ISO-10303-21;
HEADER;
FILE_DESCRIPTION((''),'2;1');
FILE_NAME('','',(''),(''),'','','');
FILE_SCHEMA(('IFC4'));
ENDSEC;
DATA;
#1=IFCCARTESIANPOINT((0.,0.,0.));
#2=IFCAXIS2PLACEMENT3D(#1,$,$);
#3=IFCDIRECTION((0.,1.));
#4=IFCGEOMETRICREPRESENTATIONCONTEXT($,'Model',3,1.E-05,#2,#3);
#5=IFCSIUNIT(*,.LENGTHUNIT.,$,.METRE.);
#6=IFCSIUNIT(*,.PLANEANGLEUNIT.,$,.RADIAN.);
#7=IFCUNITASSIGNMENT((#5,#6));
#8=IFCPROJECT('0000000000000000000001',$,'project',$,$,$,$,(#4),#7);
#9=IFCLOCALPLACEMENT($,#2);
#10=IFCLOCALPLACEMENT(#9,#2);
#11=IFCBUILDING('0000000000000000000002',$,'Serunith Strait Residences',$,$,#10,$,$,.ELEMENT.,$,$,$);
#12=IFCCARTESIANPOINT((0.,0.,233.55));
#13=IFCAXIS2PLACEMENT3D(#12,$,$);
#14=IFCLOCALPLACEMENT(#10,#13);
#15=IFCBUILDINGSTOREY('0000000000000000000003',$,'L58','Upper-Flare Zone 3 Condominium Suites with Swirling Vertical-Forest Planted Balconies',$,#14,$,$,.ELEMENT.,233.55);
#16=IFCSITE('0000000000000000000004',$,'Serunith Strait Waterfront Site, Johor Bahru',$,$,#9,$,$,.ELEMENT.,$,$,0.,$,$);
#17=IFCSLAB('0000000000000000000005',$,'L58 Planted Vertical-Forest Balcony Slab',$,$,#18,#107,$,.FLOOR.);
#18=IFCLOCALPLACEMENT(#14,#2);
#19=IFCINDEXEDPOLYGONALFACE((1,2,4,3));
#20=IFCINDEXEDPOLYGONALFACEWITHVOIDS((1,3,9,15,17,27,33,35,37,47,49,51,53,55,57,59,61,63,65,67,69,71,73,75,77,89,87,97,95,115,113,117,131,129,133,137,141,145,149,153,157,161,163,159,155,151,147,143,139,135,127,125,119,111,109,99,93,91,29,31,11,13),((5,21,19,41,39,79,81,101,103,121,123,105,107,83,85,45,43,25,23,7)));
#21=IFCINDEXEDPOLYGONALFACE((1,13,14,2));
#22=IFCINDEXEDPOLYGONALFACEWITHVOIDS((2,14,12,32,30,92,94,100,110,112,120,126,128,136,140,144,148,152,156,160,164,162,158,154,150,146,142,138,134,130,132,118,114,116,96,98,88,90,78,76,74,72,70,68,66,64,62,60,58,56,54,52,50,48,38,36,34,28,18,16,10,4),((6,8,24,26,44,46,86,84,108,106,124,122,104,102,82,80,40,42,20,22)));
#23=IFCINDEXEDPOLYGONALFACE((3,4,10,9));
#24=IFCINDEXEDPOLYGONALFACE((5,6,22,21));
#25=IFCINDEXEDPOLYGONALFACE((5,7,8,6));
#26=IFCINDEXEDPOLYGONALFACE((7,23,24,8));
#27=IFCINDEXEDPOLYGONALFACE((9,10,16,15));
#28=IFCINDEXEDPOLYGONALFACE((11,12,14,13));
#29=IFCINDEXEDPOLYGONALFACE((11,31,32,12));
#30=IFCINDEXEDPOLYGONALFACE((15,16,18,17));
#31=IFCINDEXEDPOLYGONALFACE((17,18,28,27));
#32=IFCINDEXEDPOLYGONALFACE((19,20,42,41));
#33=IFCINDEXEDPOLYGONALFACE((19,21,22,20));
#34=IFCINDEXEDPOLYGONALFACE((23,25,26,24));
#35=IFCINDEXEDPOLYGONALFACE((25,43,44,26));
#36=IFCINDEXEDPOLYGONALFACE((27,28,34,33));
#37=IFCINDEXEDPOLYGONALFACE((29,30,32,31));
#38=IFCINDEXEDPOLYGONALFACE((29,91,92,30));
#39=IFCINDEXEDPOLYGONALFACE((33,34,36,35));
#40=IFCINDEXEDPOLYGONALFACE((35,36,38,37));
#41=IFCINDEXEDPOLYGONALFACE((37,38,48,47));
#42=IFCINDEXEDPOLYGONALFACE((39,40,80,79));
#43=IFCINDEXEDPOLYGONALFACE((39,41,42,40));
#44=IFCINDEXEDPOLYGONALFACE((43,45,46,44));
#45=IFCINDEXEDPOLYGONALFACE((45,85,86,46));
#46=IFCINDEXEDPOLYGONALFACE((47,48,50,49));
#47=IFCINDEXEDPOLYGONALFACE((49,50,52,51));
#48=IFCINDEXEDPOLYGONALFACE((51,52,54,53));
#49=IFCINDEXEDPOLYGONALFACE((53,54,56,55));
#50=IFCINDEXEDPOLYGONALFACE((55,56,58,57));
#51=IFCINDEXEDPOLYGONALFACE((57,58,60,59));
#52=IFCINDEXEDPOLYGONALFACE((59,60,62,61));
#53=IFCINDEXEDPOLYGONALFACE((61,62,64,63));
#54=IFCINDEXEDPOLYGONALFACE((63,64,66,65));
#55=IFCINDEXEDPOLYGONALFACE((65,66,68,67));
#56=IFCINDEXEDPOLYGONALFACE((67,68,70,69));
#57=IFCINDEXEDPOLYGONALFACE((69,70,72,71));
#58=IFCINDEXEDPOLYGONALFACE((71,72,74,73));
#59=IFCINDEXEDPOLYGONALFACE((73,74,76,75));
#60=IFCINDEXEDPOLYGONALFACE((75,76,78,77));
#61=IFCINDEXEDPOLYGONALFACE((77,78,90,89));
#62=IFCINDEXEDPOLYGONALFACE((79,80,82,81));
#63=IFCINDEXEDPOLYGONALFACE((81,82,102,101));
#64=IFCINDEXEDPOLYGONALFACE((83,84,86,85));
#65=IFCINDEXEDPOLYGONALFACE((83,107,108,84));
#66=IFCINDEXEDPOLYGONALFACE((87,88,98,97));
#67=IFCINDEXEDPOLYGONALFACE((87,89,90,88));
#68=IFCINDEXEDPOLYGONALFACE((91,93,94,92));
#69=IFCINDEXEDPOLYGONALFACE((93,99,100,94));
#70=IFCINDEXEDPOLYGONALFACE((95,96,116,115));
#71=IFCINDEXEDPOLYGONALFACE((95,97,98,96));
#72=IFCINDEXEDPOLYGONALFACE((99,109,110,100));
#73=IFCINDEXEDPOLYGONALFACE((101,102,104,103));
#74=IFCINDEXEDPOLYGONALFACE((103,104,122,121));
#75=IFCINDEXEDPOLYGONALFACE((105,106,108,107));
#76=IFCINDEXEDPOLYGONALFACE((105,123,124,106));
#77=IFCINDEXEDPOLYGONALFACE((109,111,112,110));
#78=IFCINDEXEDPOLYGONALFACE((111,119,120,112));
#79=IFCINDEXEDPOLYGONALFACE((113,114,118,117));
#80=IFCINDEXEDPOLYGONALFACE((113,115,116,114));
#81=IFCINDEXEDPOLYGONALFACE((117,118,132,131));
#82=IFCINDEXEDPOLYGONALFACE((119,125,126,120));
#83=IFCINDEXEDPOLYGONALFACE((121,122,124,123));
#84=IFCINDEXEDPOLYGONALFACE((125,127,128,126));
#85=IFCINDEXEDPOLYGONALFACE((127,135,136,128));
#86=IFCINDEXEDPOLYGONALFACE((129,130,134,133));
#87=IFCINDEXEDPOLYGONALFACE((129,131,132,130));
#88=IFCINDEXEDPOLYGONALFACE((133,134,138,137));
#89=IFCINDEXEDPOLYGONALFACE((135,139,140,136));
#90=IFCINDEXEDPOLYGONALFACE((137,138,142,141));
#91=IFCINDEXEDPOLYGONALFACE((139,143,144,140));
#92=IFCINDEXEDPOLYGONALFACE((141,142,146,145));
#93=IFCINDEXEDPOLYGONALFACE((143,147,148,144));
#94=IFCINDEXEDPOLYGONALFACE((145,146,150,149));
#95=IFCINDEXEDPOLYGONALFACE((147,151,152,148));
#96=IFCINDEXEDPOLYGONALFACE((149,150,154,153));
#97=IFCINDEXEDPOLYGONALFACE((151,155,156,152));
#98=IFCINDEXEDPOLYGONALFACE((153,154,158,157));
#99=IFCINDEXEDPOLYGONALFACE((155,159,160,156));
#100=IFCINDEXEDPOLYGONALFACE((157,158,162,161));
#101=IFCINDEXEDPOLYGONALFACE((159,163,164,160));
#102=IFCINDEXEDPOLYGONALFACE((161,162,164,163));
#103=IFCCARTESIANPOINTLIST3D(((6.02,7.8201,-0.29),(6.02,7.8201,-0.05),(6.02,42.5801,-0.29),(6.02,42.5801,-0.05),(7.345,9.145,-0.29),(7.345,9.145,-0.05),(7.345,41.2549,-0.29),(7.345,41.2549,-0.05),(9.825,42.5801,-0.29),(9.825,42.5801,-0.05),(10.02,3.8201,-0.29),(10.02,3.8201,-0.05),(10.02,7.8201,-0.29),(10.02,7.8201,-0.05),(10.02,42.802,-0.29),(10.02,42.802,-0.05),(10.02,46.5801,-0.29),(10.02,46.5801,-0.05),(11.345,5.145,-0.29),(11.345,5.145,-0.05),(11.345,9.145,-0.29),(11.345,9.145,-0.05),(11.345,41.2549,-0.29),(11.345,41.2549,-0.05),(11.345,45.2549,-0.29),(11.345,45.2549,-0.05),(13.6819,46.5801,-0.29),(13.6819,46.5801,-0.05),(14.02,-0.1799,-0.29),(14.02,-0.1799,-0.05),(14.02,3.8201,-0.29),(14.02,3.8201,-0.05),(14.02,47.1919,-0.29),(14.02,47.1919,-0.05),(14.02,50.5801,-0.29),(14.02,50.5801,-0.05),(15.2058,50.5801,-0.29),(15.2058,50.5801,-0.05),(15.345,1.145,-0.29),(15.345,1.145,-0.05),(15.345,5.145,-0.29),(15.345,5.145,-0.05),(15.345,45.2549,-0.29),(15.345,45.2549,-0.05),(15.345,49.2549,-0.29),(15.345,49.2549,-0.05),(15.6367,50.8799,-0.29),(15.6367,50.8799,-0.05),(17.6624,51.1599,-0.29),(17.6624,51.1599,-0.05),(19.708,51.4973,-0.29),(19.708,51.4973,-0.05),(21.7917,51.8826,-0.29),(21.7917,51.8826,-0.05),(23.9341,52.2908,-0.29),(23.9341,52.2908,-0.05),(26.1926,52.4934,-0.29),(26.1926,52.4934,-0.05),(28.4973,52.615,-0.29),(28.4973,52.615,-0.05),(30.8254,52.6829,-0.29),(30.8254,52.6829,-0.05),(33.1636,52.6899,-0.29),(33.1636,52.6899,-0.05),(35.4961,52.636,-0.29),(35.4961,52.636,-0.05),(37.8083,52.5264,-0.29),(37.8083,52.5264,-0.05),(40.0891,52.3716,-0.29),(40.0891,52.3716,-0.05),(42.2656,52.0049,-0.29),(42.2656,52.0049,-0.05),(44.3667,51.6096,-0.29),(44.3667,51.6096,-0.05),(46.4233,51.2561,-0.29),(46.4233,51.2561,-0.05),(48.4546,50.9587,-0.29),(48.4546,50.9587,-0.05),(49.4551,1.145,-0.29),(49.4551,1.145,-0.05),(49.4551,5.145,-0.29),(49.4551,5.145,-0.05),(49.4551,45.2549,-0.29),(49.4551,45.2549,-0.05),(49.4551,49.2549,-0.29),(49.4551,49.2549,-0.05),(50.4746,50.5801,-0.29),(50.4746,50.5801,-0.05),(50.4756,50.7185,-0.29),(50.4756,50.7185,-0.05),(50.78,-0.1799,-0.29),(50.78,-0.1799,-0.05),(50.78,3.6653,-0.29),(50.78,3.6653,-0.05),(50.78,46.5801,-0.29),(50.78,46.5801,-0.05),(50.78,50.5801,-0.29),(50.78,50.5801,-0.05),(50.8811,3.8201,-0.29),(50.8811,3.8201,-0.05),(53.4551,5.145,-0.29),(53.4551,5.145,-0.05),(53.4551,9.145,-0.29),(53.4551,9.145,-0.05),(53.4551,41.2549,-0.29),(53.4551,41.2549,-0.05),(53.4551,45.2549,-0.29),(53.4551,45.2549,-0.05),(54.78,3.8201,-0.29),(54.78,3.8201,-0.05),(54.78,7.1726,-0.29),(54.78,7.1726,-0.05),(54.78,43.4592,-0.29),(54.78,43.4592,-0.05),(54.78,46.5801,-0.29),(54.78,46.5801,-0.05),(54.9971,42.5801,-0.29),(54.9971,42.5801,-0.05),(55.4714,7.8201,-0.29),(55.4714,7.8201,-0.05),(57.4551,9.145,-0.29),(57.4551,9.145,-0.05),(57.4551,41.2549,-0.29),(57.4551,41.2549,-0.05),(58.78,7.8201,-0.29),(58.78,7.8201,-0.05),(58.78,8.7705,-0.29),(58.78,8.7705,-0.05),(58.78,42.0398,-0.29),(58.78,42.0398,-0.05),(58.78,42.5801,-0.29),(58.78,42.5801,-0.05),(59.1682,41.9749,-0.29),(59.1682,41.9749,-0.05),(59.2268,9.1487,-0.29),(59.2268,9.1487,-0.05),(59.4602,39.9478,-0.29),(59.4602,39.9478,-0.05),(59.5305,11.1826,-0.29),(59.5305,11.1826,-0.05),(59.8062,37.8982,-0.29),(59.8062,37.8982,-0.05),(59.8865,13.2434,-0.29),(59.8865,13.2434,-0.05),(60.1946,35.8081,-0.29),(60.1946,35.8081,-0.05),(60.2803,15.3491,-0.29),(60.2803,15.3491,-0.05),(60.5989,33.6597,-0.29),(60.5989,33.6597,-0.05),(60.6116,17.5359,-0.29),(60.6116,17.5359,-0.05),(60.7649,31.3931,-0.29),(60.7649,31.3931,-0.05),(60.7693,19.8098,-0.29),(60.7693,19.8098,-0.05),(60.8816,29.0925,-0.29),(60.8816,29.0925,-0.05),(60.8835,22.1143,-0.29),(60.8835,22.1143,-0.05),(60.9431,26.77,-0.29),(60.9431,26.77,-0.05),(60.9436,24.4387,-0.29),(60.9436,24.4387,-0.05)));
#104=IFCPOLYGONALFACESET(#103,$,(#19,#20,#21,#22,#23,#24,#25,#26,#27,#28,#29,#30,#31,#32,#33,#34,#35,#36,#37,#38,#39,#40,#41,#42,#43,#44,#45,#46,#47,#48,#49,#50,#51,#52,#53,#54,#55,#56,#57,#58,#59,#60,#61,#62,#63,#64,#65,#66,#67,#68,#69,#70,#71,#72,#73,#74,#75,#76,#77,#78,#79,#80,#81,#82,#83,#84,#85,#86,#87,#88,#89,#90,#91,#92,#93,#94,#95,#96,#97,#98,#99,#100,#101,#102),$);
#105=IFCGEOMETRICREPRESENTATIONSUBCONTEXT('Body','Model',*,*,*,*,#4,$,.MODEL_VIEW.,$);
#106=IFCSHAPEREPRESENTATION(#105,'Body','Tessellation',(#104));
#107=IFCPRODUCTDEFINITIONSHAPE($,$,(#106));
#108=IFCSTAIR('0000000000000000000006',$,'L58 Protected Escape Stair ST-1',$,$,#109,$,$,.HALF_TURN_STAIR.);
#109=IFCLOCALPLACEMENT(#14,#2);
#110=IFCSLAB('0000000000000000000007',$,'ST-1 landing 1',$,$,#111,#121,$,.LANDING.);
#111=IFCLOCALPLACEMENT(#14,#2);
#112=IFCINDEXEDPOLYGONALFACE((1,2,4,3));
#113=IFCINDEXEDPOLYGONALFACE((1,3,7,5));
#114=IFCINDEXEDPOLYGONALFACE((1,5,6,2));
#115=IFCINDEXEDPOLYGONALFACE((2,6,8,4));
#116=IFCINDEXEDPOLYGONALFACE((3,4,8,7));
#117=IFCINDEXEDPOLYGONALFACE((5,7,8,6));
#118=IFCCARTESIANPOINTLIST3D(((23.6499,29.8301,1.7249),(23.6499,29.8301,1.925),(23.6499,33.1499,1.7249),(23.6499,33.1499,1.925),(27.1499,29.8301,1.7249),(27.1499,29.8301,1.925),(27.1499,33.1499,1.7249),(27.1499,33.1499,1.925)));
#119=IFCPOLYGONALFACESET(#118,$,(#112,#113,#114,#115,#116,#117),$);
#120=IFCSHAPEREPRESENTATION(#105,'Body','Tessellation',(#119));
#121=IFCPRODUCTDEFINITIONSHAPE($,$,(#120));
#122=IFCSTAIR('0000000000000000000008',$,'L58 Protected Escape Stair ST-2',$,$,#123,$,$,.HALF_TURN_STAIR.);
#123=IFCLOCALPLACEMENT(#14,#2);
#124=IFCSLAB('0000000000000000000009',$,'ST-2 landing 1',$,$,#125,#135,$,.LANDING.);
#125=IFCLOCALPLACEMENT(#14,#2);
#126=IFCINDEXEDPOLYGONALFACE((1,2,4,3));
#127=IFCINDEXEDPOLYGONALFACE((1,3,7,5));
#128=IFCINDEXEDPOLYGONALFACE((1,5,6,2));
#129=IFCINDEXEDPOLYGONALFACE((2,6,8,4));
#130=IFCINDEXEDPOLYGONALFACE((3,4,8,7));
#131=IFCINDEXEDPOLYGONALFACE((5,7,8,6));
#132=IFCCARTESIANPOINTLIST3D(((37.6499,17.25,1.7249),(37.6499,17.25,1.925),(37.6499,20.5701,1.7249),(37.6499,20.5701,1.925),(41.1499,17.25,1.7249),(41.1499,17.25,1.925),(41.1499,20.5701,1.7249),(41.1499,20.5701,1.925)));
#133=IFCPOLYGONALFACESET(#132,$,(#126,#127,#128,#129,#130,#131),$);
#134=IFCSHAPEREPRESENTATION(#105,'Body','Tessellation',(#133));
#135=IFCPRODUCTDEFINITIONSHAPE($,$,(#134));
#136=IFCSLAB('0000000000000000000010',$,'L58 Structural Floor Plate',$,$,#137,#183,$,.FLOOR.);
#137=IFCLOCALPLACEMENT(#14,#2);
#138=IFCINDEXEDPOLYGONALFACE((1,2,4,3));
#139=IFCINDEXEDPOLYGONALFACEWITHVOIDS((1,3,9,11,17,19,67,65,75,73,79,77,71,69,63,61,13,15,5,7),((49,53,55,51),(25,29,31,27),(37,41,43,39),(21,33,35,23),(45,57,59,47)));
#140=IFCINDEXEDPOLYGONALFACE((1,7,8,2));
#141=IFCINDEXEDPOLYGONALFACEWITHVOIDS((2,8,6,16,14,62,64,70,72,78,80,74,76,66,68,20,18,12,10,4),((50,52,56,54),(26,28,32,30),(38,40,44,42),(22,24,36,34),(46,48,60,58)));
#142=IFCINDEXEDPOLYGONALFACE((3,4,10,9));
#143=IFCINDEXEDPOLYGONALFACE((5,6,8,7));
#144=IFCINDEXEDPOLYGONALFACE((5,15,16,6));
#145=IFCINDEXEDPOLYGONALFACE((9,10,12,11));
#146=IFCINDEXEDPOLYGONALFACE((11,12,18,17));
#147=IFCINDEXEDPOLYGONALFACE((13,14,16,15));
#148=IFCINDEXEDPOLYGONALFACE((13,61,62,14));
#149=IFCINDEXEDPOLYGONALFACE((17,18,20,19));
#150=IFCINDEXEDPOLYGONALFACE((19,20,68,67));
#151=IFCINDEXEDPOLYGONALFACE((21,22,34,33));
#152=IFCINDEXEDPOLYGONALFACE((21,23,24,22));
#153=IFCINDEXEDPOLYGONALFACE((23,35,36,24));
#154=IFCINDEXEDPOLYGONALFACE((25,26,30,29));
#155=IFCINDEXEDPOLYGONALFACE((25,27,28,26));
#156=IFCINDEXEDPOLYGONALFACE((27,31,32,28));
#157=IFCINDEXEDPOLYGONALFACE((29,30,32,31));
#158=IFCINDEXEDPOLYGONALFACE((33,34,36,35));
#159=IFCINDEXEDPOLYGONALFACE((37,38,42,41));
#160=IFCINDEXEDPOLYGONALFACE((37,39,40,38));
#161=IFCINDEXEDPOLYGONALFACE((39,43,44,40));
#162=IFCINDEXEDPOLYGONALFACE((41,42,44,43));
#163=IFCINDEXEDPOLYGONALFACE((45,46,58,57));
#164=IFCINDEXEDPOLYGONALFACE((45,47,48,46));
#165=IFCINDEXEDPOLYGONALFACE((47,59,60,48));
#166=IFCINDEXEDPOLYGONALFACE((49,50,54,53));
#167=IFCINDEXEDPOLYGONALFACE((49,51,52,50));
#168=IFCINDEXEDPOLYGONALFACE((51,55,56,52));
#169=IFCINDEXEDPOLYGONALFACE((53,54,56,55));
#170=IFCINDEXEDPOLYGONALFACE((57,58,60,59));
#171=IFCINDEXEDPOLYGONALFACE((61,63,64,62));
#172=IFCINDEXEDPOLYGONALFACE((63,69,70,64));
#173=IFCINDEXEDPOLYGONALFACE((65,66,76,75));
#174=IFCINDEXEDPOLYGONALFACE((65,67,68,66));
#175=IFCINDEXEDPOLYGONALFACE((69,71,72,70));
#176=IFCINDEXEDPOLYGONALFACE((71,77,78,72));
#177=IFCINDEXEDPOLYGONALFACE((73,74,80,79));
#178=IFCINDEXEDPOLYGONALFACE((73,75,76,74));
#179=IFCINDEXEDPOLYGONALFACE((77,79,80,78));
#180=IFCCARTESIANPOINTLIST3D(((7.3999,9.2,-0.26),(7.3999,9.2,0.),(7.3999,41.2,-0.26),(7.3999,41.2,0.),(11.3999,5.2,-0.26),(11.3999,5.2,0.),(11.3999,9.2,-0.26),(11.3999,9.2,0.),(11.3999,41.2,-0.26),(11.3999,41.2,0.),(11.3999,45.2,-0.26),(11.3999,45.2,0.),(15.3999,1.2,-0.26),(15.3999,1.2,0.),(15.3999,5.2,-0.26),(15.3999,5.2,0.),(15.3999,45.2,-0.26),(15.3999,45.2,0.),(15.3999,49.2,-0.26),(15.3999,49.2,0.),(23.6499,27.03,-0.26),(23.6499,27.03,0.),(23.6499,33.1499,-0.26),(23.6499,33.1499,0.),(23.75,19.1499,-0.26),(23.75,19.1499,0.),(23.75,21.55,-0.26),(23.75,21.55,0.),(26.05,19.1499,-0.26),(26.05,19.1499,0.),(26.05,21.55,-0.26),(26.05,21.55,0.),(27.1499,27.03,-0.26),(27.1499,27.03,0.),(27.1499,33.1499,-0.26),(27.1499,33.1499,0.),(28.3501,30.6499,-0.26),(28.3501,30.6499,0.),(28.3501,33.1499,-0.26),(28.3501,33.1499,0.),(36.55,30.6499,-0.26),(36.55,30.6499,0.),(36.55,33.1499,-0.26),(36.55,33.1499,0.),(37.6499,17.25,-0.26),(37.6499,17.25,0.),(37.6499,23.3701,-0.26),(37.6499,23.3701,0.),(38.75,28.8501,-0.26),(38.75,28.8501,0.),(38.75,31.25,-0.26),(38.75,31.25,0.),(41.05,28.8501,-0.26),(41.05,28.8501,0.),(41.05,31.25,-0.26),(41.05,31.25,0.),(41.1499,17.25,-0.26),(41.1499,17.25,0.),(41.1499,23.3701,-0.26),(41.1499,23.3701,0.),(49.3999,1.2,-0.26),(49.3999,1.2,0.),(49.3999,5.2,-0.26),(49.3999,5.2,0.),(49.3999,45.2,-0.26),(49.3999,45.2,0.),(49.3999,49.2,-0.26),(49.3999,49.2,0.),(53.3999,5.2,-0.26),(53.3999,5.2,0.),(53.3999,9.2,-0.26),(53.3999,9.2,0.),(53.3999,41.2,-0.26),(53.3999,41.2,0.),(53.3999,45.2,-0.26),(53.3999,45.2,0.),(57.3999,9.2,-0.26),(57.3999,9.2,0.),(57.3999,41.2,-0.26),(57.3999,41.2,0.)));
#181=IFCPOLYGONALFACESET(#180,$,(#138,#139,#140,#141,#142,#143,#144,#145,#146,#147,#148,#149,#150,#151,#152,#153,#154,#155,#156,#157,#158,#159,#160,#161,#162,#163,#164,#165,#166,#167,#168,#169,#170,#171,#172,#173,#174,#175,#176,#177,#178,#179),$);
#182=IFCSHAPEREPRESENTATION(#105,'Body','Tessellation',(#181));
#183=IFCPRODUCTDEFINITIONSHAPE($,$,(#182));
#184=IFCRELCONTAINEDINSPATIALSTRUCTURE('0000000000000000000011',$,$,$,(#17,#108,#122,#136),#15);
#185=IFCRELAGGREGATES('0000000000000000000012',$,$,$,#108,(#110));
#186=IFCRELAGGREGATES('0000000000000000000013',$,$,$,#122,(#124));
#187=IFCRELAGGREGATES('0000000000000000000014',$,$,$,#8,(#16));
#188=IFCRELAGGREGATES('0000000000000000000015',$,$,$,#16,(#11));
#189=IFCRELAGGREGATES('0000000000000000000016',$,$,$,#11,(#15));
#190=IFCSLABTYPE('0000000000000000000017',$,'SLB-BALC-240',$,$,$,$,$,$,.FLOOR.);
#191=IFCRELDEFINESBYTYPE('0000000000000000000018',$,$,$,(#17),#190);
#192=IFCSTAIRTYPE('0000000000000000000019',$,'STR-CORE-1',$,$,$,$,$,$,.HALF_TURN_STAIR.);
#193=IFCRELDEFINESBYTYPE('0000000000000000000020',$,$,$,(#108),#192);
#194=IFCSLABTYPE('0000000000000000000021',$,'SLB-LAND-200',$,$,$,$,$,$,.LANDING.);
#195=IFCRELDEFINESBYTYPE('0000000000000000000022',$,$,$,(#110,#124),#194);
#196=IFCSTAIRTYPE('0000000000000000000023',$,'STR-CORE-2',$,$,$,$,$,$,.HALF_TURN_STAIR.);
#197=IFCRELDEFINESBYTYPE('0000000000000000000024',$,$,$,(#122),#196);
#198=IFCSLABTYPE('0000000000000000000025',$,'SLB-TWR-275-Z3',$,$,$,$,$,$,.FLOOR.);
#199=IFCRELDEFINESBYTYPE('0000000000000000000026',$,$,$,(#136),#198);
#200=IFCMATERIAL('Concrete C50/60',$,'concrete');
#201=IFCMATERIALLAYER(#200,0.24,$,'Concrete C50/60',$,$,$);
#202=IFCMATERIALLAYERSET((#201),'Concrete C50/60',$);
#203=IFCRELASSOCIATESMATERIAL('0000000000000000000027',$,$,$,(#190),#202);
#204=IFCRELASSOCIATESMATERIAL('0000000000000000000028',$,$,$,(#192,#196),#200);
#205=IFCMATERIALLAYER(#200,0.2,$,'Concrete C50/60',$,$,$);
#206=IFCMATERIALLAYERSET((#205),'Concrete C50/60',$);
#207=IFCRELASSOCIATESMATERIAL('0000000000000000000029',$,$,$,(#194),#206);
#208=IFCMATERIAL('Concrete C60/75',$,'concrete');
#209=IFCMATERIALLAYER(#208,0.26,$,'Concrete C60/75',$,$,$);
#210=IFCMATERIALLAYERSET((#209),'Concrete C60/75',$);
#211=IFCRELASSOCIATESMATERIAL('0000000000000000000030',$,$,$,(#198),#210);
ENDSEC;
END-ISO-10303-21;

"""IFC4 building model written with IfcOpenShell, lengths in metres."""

from ifc_helpers import new_model, si_unit, direction, frame, origin, place, context, subcontext, project, spatial, polyline, outline, extrude, material, layer, layer_set, type_object, element, aggregate, save


model = new_model("IFC4")

# Units and contexts
model_context = context("Model", 3, precision=1e-05, world=origin(), true_north=direction((0.0, 1.0)))
body_context = subcontext(model_context, "Body", "Model", "MODEL_VIEW")
ifc_project = project(units=[si_unit("LENGTHUNIT", "METRE"), si_unit("PLANEANGLEUNIT", "RADIAN")], contexts=[model_context])

# Site, building, storey
site_placement = place(None, origin())
site = spatial("IfcSite", under=ifc_project, at=site_placement, Name="Serunith Strait Waterfront Site, Johor Bahru", CompositionType="ELEMENT", RefElevation=0.0)
building_placement = place(site_placement, origin())
building = spatial("IfcBuilding", under=site, at=building_placement, Name="Serunith Strait Residences", CompositionType="ELEMENT")
storey_placement = place(building_placement, frame((0.0, 0.0, 233.55)))
storey = spatial("IfcBuildingStorey", under=building, at=storey_placement, Name="L58", Description="Upper-Flare Zone 3 Condominium Suites with Swirling Vertical-Forest Planted Balconies", CompositionType="ELEMENT", Elevation=233.55)

# Slab
ifc_material_1 = material(Name="Concrete C50/60", Category="concrete")
ifc_layer_1 = layer(ifc_material_1, 0.24, Name="Concrete C50/60")
ifc_layer_set_1 = layer_set([ifc_layer_1], Name="Concrete C50/60")
slab_type_1 = type_object("IfcSlabType", Name="SLB-BALC-240", PredefinedType="FLOOR", material=ifc_layer_set_1)
slab_1_placement = place(storey_placement, frame((0.0, 0.0, -0.29)))
element("IfcSlab", 1, at=slab_1_placement, inside=storey, type_object=slab_type_1, Name="L58 Planted Vertical-Forest Balcony Slab", PredefinedType="FLOOR", context=body_context, shape_type="SweptSolid", body=[
    extrude(outline(polyline([(10.02, 46.5801), (13.6819, 46.5801), (14.02, 47.1919), (14.02, 50.5801), (15.2058, 50.5801), (15.6367, 50.8799), (17.6624, 51.1599), (19.708, 51.4973), (21.7917, 51.8826), (23.9341, 52.2908), (26.1926, 52.4934), (28.4973, 52.615), (30.8254, 52.6829), (33.1636, 52.6899), (35.4961, 52.636), (37.8083, 52.5264), (40.0891, 52.3716), (42.2656, 52.0049), (44.3667, 51.6096), (46.4233, 51.2561), (48.4546, 50.9587), (50.4756, 50.7185), (50.4746, 50.5801), (50.78, 50.5801), (50.78, 46.5801), (54.78, 46.5801), (54.78, 43.4592), (54.9971, 42.5801), (58.78, 42.5801), (58.78, 42.0398), (59.1682, 41.9749), (59.4602, 39.9478), (59.8062, 37.8982), (60.1946, 35.8081), (60.5989, 33.6597), (60.7649, 31.3931), (60.8816, 29.0925), (60.9431, 26.77), (60.9436, 24.4387), (60.8835, 22.1143), (60.7693, 19.8098), (60.6116, 17.5359), (60.2803, 15.3491), (59.8865, 13.2434), (59.5305, 11.1826), (59.2268, 9.1487), (58.78, 8.7705), (58.78, 7.8201), (55.4714, 7.8201), (54.78, 7.1726), (54.78, 3.8201), (50.8811, 3.8201), (50.78, 3.6653), (50.78, -0.1799), (14.02, -0.1799), (14.02, 3.8201), (10.02, 3.8201), (10.02, 7.8201), (6.02, 7.8201), (6.02, 42.5801), (9.825, 42.5801), (10.02, 42.802), (10.02, 46.5801)]), holes=[polyline([(49.4551, 1.145), (49.4551, 5.145), (53.4551, 5.145), (53.4551, 9.145), (57.4551, 9.145), (57.4551, 41.2549), (53.4551, 41.2549), (53.4551, 45.2549), (49.4551, 45.2549), (49.4551, 49.2549), (15.345, 49.2549), (15.345, 45.2549), (11.345, 45.2549), (11.345, 41.2549), (7.345, 41.2549), (7.345, 9.145), (11.345, 9.145), (11.345, 5.145), (15.345, 5.145), (15.345, 1.145), (49.4551, 1.145)])]), origin(), (0.0, 0.0, 1.0), 0.24),
])

# Stairs, slabs
stair_type_1 = type_object("IfcStairType", Name="STR-CORE-1", PredefinedType="HALF_TURN_STAIR", material=ifc_material_1)
stair_1_placement = place(storey_placement, origin())
stair_1 = element("IfcStair", 2, at=stair_1_placement, inside=storey, type_object=stair_type_1, Name="L58 Protected Escape Stair ST-1", PredefinedType="HALF_TURN_STAIR")
ifc_layer_2 = layer(ifc_material_1, 0.2, Name="Concrete C50/60")
ifc_layer_set_2 = layer_set([ifc_layer_2], Name="Concrete C50/60")
slab_type_2 = type_object("IfcSlabType", Name="SLB-LAND-200", PredefinedType="LANDING", material=ifc_layer_set_2)
slab_2_placement = place(storey_placement, frame((0.0, 0.0, 1.7249)))
slab_2 = element("IfcSlab", 3, at=slab_2_placement, type_object=slab_type_2, Name="ST-1 landing 1", PredefinedType="LANDING", context=body_context, shape_type="SweptSolid", body=[
    extrude(outline(polyline([(27.1499, 29.8301), (27.1499, 33.1499), (23.6499, 33.1499), (23.6499, 29.8301), (27.1499, 29.8301)])), origin(), (0.0, 0.0, 1.0), 0.2002),
])
aggregate(stair_1, [slab_2])
stair_type_2 = type_object("IfcStairType", Name="STR-CORE-2", PredefinedType="HALF_TURN_STAIR", material=ifc_material_1)
stair_2_placement = place(storey_placement, origin())
stair_2 = element("IfcStair", 4, at=stair_2_placement, inside=storey, type_object=stair_type_2, Name="L58 Protected Escape Stair ST-2", PredefinedType="HALF_TURN_STAIR")
slab_3_placement = place(storey_placement, frame((0.0, 0.0, 1.7249)))
slab_3 = element("IfcSlab", 5, at=slab_3_placement, type_object=slab_type_2, Name="ST-2 landing 1", PredefinedType="LANDING", context=body_context, shape_type="SweptSolid", body=[
    extrude(outline(polyline([(37.6499, 20.5701), (37.6499, 17.25), (41.1499, 17.25), (41.1499, 20.5701), (37.6499, 20.5701)])), origin(), (0.0, 0.0, 1.0), 0.2002),
])
aggregate(stair_2, [slab_3])

# Slab
ifc_material_2 = material(Name="Concrete C60/75", Category="concrete")
ifc_layer_3 = layer(ifc_material_2, 0.26, Name="Concrete C60/75")
ifc_layer_set_3 = layer_set([ifc_layer_3], Name="Concrete C60/75")
slab_type_3 = type_object("IfcSlabType", Name="SLB-TWR-275-Z3", PredefinedType="FLOOR", material=ifc_layer_set_3)
slab_4_placement = place(storey_placement, frame((0.0, 0.0, -0.26)))
element("IfcSlab", 6, at=slab_4_placement, inside=storey, type_object=slab_type_3, Name="L58 Structural Floor Plate", PredefinedType="FLOOR", context=body_context, shape_type="SweptSolid", body=[
    extrude(outline(polyline([(15.3999, 5.2), (11.3999, 5.2), (11.3999, 9.2), (7.3999, 9.2), (7.3999, 41.2), (11.3999, 41.2), (11.3999, 45.2), (15.3999, 45.2), (15.3999, 49.2), (49.3999, 49.2), (49.3999, 45.2), (53.3999, 45.2), (53.3999, 41.2), (57.3999, 41.2), (57.3999, 9.2), (53.3999, 9.2), (53.3999, 5.2), (49.3999, 5.2), (49.3999, 1.2), (15.3999, 1.2), (15.3999, 5.2)]), holes=[polyline([(41.1499, 23.3701), (37.6499, 23.3701), (37.6499, 17.25), (41.1499, 17.25), (41.1499, 23.3701)]), polyline([(38.75, 31.25), (38.75, 28.8501), (41.05, 28.8501), (41.05, 31.25), (38.75, 31.25)]), polyline([(36.55, 33.1499), (28.3501, 33.1499), (28.3501, 30.6499), (36.55, 30.6499), (36.55, 33.1499)]), polyline([(23.6499, 33.1499), (23.6499, 27.03), (27.1499, 27.03), (27.1499, 33.1499), (23.6499, 33.1499)]), polyline([(23.75, 21.55), (23.75, 19.1499), (26.05, 19.1499), (26.05, 21.55), (23.75, 21.55)])]), origin(), (0.0, 0.0, 1.0), 0.26),
])

save(model, "model.ifc")
